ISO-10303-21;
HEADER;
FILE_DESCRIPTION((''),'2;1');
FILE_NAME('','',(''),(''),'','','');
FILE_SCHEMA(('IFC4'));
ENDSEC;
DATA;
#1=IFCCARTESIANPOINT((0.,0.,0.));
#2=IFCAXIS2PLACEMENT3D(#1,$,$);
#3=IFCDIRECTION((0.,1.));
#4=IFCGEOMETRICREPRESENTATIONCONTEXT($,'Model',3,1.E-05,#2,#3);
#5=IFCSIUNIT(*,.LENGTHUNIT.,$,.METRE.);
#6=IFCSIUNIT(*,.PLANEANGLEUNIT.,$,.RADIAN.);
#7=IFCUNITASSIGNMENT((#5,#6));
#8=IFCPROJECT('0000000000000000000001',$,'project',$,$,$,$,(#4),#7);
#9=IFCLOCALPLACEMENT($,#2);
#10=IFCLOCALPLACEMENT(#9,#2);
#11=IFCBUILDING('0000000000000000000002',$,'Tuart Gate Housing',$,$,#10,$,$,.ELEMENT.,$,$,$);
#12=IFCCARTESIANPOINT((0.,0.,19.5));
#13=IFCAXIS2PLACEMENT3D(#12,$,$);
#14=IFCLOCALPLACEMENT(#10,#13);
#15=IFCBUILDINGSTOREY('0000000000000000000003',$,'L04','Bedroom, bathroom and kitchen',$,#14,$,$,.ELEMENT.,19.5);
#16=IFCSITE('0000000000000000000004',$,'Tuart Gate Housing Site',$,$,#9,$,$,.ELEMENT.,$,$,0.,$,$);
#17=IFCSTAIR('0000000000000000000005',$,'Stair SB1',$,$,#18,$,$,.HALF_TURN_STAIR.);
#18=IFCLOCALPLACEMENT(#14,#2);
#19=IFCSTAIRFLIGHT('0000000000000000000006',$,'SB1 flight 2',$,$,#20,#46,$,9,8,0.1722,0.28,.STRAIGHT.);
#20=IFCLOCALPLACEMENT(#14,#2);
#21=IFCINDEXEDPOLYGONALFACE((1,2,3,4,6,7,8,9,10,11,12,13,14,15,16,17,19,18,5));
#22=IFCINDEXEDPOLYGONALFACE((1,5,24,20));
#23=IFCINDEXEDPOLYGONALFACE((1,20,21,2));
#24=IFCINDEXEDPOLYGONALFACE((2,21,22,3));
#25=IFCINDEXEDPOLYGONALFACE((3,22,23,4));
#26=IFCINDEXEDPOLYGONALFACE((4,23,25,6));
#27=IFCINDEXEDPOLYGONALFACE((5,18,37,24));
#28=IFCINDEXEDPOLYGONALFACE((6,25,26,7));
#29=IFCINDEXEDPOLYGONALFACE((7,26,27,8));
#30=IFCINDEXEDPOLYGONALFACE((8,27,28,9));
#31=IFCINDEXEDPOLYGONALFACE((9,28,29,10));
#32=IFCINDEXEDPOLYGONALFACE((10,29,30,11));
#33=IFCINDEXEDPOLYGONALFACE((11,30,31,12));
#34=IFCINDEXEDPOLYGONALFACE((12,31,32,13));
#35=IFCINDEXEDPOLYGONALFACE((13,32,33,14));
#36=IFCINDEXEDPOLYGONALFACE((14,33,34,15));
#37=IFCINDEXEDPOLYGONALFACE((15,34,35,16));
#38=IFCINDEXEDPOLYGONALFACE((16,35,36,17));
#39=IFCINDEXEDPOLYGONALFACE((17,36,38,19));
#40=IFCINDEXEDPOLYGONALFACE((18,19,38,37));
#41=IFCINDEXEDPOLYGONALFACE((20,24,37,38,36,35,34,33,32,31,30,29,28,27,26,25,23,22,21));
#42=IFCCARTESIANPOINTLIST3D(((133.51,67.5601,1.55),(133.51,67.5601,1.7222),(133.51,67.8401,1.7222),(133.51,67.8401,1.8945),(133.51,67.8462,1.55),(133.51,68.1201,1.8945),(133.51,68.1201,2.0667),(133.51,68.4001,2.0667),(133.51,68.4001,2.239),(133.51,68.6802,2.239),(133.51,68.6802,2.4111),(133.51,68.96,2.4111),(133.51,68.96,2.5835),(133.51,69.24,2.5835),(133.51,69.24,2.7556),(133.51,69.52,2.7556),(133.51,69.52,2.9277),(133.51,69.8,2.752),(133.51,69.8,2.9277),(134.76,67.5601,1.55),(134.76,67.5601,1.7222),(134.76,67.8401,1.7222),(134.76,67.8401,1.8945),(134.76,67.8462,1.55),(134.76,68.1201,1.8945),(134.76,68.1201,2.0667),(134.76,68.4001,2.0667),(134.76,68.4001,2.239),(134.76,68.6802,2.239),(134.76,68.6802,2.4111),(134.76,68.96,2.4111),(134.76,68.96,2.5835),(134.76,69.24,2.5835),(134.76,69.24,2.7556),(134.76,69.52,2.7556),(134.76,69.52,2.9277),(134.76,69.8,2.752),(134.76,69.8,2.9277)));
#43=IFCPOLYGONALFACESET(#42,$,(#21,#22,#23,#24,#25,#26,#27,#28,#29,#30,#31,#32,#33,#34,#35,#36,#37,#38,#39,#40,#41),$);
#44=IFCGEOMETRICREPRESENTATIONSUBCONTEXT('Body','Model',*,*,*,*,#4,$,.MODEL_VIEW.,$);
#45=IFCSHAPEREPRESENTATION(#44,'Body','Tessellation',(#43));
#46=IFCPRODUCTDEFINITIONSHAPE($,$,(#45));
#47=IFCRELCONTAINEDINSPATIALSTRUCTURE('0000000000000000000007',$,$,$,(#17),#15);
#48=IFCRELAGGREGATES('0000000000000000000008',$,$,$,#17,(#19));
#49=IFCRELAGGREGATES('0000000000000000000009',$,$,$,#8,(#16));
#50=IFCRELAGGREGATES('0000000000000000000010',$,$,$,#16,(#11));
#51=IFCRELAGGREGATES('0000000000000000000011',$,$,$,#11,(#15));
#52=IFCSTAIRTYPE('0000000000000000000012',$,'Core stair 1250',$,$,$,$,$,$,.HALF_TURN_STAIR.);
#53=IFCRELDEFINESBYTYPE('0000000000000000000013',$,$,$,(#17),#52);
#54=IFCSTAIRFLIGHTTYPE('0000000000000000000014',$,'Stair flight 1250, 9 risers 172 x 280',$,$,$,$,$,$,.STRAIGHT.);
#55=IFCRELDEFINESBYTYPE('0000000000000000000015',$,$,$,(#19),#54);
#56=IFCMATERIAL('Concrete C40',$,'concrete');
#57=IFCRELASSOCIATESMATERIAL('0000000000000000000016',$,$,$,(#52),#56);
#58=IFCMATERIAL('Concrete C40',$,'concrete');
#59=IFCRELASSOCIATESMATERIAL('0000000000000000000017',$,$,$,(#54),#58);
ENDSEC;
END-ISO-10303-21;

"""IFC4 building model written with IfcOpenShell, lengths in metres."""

from ifc_helpers import new_model, si_unit, direction, frame, origin, place, context, subcontext, project, spatial, polyline, outline, extrude, material, type_object, element, aggregate, save


model = new_model("IFC4")

# Units and contexts
model_context = context("Model", 3, precision=1e-05, world=origin(), true_north=direction((0.0, 1.0)))
body_context = subcontext(model_context, "Body", "Model", "MODEL_VIEW")
ifc_project = project(units=[si_unit("LENGTHUNIT", "METRE"), si_unit("PLANEANGLEUNIT", "RADIAN")], contexts=[model_context])

# Site, building, storey
site_placement = place(None, origin())
site = spatial("IfcSite", under=ifc_project, at=site_placement, Name="Tuart Gate Housing Site", CompositionType="ELEMENT", RefElevation=0.0)
building_placement = place(site_placement, origin())
building = spatial("IfcBuilding", under=site, at=building_placement, Name="Tuart Gate Housing", CompositionType="ELEMENT")
storey_placement = place(building_placement, frame((0.0, 0.0, 19.5)))
storey = spatial("IfcBuildingStorey", under=building, at=storey_placement, Name="L04", Description="Bedroom, bathroom and kitchen", CompositionType="ELEMENT", Elevation=19.5)

# Stair, stair flight
ifc_material_1 = material(Name="Concrete C40", Category="concrete")
stair_type = type_object("IfcStairType", Name="Core stair 1250", PredefinedType="HALF_TURN_STAIR", material=ifc_material_1)
stair_placement = place(storey_placement, origin())
stair = element("IfcStair", 1, at=stair_placement, inside=storey, type_object=stair_type, Name="Stair SB1", PredefinedType="HALF_TURN_STAIR")
ifc_material_2 = material(Name="Concrete C40", Category="concrete")
stair_flight_type = type_object("IfcStairFlightType", Name="Stair flight 1250, 9 risers 172 x 280", PredefinedType="STRAIGHT", material=ifc_material_2)
stair_flight_1_placement = place(storey_placement, frame((134.135, 67.5601, 1.55), z_axis=(0.0, 0.0, 1.0), x_axis=(0.0, 1.0, 0.0)))
stair_flight_1 = element("IfcStairFlight", 2, at=stair_flight_1_placement, type_object=stair_flight_type, Name="SB1 flight 2", NumberOfRisers=9, NumberOfTreads=8, PredefinedType="STRAIGHT", RiserHeight=0.1722, TreadLength=0.28, context=body_context, shape_type="SweptSolid", body=[
    extrude(outline(polyline([(0.0, 0.0), (0.0, 0.1721), (0.28, 0.1721), (0.28, 0.3445), (0.5601, 0.3445), (0.5601, 0.5166), (0.8401, 0.5166), (0.8401, 0.689), (1.1201, 0.689), (1.1201, 0.8611), (1.3999, 0.8611), (1.3999, 1.0334), (1.6799, 1.0334), (1.6799, 1.2056), (1.96, 1.2056), (1.96, 1.3777), (2.24, 1.3777), (2.24, 1.55), (2.24, 1.2019), (0.2861, 0.0), (0.0, 0.0)])), frame((0.0, 0.625, 0.0), z_axis=(0.0, -1.0, 0.0), x_axis=(1.0, 0.0, 0.0)), (0.0, 0.0, 1.0), 1.25),
])
aggregate(stair, [stair_flight_1])

save(model, "model.ifc")
